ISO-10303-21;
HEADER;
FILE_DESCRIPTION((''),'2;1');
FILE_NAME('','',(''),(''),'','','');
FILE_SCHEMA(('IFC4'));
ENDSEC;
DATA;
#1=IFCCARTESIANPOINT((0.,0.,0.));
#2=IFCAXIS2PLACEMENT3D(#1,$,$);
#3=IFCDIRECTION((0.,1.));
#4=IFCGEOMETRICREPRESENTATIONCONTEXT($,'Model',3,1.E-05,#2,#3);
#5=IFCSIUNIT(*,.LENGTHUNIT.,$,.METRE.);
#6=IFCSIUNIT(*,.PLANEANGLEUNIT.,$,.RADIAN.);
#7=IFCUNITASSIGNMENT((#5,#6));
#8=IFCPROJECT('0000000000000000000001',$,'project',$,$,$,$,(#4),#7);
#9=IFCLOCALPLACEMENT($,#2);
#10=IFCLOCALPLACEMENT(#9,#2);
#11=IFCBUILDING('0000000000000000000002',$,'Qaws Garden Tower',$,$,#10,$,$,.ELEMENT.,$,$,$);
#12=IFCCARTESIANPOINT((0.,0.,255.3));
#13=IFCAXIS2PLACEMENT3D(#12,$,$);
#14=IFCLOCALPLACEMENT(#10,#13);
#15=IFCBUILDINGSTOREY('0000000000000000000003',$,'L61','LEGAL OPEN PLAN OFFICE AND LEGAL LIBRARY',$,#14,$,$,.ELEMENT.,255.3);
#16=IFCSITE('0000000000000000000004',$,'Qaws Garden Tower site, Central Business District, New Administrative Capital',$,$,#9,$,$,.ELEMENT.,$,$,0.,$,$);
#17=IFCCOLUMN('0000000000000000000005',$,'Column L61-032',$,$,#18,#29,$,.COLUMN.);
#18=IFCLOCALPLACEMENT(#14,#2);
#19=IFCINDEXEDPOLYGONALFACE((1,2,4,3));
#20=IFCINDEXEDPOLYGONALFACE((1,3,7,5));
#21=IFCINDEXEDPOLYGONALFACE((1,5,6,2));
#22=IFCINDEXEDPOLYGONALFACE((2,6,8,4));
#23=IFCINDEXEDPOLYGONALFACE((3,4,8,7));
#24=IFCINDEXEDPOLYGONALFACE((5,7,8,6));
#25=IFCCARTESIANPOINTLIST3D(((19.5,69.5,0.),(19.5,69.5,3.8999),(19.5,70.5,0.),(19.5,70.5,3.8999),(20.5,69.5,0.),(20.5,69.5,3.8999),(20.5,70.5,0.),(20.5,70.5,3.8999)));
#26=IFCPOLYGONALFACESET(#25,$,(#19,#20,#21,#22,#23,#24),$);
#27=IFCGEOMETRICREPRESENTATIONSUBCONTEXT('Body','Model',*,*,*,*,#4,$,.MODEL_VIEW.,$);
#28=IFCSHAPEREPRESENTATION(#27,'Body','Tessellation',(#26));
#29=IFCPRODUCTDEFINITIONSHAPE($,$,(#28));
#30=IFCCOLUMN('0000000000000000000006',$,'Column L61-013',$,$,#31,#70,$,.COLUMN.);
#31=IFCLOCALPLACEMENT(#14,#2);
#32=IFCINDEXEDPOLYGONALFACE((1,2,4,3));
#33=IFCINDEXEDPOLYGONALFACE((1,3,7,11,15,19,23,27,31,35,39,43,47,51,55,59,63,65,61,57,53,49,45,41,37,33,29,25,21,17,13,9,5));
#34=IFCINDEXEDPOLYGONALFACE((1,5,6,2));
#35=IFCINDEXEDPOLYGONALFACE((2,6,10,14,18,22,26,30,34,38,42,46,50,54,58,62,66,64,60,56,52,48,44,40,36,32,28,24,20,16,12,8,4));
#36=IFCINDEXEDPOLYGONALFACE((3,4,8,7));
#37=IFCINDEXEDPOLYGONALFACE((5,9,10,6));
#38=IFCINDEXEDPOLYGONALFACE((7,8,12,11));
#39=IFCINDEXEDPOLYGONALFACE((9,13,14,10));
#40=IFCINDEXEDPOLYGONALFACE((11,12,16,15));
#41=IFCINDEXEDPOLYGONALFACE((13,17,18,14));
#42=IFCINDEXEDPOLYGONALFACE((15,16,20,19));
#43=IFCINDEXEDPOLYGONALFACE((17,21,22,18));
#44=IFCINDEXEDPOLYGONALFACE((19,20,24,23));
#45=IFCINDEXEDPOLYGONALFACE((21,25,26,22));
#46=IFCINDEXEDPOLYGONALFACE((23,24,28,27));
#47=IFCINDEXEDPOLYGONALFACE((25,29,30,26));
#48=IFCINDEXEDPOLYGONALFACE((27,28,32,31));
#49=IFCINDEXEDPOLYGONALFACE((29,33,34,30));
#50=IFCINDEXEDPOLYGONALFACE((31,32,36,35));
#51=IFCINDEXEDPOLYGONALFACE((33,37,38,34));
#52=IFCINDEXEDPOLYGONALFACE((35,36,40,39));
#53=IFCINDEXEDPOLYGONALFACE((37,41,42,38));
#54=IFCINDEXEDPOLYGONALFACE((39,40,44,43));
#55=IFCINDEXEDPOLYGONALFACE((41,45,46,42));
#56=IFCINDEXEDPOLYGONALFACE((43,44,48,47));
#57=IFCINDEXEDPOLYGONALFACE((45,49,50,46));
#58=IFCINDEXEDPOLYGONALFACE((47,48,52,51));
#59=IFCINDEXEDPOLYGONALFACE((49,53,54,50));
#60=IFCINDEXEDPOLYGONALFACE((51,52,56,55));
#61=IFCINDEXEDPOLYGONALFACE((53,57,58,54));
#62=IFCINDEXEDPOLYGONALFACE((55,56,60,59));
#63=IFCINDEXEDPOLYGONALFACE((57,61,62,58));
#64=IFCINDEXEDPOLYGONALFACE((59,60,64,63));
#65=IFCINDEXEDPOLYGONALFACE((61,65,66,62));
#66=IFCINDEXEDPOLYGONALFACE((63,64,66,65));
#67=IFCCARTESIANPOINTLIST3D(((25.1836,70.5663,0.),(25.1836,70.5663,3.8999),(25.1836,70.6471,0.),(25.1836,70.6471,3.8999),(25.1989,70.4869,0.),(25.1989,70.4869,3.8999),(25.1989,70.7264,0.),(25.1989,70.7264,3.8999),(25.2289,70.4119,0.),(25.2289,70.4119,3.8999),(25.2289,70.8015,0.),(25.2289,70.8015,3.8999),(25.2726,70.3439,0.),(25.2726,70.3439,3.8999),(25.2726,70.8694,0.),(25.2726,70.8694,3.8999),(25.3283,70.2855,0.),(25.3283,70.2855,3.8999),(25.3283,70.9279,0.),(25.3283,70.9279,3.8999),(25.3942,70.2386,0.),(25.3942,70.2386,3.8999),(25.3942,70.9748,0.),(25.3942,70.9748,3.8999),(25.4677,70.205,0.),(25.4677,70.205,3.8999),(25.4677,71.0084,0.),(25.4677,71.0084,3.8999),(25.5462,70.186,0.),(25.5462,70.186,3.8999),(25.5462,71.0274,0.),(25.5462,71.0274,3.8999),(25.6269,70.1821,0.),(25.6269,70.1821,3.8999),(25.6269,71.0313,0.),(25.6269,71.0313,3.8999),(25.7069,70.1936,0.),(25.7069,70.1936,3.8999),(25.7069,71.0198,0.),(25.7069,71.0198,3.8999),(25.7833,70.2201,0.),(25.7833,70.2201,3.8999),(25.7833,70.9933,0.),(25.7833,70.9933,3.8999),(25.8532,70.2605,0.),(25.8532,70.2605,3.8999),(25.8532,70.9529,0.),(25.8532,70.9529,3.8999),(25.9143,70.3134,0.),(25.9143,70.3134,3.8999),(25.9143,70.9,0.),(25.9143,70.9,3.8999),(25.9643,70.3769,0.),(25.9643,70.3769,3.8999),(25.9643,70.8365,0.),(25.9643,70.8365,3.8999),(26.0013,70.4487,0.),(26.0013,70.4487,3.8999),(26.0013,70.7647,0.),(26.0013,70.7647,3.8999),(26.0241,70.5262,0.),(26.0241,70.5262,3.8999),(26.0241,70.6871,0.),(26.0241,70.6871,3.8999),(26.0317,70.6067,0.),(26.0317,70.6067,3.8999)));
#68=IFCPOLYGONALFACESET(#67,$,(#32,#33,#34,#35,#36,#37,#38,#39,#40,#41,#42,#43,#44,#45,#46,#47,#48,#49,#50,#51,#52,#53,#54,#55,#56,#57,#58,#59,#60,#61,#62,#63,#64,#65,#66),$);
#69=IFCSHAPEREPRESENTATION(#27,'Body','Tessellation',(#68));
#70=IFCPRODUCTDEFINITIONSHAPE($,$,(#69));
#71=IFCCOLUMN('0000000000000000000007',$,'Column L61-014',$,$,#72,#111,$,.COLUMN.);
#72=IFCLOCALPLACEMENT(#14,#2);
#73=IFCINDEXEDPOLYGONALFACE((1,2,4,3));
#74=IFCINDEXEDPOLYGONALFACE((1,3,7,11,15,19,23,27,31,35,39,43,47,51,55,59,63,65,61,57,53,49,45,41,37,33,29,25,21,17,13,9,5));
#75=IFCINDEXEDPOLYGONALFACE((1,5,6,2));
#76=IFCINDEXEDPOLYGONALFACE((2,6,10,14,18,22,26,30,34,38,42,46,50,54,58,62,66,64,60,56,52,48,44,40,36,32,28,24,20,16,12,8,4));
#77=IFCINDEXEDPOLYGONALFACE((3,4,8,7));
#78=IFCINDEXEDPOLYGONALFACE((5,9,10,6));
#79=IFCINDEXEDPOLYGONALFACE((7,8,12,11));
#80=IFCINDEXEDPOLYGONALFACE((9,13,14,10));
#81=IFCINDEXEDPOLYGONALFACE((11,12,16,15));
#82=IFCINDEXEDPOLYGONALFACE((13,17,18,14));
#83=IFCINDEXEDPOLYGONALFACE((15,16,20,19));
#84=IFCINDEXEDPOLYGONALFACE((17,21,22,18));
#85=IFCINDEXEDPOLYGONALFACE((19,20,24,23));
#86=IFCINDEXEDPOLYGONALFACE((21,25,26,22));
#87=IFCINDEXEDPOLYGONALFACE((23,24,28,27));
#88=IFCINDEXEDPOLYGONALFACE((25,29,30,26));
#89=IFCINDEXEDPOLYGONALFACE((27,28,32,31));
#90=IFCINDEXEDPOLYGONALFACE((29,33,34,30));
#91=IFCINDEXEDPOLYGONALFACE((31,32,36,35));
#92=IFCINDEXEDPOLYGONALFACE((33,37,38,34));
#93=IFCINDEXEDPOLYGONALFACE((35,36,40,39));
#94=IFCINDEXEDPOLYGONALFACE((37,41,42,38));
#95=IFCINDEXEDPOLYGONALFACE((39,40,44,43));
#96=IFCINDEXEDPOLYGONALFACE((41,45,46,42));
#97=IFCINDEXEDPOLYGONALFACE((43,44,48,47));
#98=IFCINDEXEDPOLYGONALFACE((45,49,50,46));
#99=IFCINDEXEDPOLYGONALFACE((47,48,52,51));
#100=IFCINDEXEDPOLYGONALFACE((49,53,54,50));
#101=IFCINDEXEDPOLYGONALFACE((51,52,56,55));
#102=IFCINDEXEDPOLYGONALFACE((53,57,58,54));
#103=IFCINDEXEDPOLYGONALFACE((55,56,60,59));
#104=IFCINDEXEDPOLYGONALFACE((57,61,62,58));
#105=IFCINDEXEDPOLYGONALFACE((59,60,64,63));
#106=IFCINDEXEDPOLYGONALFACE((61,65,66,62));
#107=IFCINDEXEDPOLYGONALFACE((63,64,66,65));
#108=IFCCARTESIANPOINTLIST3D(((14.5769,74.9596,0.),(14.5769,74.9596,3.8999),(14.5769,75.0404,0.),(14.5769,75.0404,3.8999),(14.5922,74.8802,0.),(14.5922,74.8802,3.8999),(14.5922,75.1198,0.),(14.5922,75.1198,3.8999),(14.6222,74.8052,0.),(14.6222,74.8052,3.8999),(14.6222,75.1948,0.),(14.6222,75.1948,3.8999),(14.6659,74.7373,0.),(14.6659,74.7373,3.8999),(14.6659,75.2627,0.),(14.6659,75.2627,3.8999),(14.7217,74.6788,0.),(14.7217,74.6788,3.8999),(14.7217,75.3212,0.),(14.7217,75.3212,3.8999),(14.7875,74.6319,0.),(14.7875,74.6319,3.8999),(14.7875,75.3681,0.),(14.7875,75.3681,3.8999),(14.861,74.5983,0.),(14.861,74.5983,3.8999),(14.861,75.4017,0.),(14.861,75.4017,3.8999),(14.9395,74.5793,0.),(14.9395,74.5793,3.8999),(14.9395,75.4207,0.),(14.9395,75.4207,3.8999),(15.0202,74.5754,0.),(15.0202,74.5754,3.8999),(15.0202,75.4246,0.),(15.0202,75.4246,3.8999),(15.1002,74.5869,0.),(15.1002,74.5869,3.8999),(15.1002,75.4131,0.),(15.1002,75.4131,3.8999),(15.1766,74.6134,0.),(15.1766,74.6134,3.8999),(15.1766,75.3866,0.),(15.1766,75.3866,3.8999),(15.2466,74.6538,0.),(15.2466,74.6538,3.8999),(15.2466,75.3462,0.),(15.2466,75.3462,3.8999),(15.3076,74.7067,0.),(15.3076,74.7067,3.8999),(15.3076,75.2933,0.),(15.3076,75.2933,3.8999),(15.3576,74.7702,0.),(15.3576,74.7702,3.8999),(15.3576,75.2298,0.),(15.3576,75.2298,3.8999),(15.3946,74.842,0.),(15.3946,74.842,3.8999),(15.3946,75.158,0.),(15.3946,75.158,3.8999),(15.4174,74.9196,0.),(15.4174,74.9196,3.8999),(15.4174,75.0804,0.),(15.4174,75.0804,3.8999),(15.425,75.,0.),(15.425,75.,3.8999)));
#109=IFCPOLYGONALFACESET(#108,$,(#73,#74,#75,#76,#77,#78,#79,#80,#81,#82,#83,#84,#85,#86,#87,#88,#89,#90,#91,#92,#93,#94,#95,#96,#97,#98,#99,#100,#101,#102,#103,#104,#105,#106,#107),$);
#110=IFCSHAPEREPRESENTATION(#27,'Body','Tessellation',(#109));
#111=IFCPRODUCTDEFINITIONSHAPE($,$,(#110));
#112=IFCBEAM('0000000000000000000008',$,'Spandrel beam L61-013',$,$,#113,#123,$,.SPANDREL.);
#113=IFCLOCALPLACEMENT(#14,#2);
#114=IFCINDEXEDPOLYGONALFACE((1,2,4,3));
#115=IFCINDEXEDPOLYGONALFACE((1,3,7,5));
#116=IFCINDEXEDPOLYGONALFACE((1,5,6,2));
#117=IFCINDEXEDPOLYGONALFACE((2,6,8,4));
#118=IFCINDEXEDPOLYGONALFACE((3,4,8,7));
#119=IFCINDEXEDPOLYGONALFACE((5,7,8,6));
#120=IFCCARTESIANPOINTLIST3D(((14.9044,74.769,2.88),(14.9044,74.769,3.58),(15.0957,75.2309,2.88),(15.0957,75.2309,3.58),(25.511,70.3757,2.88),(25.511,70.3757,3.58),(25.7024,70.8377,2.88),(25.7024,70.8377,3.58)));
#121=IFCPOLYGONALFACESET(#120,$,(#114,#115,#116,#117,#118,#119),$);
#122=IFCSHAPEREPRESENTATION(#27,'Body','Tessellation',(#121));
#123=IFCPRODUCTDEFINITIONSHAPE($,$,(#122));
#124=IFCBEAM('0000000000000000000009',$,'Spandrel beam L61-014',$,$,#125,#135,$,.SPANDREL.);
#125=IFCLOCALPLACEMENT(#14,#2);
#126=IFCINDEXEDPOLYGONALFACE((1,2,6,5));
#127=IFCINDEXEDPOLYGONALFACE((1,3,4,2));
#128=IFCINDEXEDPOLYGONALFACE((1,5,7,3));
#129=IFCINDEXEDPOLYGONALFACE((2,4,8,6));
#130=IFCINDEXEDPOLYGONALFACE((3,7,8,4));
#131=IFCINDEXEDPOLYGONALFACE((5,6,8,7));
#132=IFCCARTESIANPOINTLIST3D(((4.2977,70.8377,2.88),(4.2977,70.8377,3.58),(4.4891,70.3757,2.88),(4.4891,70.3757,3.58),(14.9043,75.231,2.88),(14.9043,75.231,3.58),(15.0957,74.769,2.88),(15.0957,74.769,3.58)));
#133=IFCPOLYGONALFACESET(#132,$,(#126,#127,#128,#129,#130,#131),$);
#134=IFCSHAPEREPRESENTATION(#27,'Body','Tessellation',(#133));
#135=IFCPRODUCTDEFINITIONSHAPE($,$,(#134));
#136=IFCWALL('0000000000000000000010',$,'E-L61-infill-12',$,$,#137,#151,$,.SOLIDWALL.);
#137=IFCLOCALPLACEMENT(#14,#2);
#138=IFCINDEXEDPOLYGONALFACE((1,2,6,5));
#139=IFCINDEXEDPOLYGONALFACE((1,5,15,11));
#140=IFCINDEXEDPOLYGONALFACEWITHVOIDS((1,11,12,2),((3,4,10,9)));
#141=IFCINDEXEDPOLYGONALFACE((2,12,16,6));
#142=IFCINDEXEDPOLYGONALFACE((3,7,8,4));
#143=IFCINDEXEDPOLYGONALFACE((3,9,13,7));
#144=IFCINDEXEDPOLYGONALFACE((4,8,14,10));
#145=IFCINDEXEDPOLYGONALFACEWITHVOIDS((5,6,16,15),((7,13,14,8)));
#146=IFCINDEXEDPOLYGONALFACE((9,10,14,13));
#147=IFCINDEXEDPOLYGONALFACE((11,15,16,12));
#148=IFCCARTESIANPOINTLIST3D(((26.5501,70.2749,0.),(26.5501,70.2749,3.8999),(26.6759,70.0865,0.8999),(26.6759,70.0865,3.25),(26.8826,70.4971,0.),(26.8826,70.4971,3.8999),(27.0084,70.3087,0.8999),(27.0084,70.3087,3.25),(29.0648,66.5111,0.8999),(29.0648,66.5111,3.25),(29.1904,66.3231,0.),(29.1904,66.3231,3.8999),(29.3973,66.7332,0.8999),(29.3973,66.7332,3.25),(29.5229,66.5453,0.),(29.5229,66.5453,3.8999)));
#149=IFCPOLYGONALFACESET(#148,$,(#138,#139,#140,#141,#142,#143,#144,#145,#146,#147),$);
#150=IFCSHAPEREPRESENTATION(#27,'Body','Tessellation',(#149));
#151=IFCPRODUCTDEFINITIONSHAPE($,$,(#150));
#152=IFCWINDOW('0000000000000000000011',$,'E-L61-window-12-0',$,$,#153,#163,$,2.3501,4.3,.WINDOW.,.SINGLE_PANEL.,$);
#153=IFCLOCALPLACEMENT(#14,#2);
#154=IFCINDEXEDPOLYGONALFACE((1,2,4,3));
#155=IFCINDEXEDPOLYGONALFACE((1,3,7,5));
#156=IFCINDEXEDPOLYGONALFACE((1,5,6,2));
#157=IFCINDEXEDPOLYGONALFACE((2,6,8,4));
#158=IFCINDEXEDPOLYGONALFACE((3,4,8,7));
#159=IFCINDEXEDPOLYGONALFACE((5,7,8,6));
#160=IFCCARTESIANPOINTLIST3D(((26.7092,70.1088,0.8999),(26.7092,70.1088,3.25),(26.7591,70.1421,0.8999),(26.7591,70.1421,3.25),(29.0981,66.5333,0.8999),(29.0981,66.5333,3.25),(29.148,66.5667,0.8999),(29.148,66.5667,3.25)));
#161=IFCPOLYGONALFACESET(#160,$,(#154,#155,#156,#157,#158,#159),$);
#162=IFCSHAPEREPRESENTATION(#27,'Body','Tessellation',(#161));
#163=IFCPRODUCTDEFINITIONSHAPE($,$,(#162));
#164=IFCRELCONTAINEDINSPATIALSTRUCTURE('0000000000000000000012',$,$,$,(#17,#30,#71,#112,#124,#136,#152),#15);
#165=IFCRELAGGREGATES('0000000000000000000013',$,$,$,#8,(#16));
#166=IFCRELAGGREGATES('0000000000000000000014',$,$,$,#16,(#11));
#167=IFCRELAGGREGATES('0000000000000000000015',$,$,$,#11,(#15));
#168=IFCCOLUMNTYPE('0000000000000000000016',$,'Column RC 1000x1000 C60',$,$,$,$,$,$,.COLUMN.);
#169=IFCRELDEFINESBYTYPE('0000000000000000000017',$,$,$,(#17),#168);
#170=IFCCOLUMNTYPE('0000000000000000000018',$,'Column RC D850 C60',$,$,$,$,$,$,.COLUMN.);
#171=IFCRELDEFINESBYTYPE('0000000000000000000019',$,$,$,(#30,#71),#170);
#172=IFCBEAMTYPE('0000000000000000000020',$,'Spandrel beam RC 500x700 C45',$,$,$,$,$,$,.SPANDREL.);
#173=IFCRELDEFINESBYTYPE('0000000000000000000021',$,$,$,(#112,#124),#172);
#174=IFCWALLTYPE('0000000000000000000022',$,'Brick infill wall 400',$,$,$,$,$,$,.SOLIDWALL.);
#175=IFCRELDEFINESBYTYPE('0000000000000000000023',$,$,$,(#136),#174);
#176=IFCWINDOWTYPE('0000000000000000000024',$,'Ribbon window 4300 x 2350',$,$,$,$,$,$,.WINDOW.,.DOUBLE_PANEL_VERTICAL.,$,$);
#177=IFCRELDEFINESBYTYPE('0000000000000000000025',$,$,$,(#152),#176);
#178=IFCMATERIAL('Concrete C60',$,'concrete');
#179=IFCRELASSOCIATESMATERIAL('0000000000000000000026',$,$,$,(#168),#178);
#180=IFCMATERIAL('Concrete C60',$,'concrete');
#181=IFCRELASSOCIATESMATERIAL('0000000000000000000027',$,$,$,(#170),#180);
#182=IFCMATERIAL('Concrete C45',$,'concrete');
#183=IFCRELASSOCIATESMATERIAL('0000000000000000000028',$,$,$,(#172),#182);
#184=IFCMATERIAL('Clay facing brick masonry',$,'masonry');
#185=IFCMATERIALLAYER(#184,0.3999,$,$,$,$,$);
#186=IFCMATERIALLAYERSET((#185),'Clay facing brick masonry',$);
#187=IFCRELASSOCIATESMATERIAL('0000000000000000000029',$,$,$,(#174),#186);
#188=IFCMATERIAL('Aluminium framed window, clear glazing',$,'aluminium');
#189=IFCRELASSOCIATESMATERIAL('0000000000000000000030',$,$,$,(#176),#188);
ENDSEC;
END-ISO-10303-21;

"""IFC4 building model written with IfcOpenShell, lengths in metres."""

from ifc_helpers import new_model, si_unit, direction, frame, frame_2d, origin, origin_2d, place, context, subcontext, project, spatial, rectangle, circle, extrude, material, layer, layer_set, material_profile, profile_set, type_object, element, fill, save


model = new_model("IFC4")

# Units and contexts
model_context = context("Model", 3, precision=1e-05, world=origin(), true_north=direction((0.0, 1.0)))
body_context = subcontext(model_context, "Body", "Model", "MODEL_VIEW")
ifc_project = project(units=[si_unit("LENGTHUNIT", "METRE"), si_unit("PLANEANGLEUNIT", "RADIAN")], contexts=[model_context])

# Site, building, storey
site_placement = place(None, origin())
site = spatial("IfcSite", under=ifc_project, at=site_placement, Name="Qaws Garden Tower site, Central Business District, New Administrative Capital", CompositionType="ELEMENT", RefElevation=0.0)
building_placement = place(site_placement, origin())
building = spatial("IfcBuilding", under=site, at=building_placement, Name="Qaws Garden Tower", CompositionType="ELEMENT")
storey_placement = place(building_placement, frame((0.0, 0.0, 255.3)))
storey = spatial("IfcBuildingStorey", under=building, at=storey_placement, Name="L61", Description="LEGAL OPEN PLAN OFFICE AND LEGAL LIBRARY", CompositionType="ELEMENT", Elevation=255.3)

# Columns
ifc_material_1 = material(Name="Concrete C60", Category="concrete")
ifc_material_profile_1 = material_profile(ifc_material_1, rectangle(XDim=1.0, YDim=1.0, at=origin_2d()), Name="RC 1000x1000")
ifc_profile_set_1 = profile_set([ifc_material_profile_1], Name="Concrete C60")
column_type_1 = type_object("IfcColumnType", Name="Column RC 1000x1000 C60", PredefinedType="COLUMN", material=ifc_profile_set_1)
column_placement = place(storey_placement, frame((20.0, 70.0, 0.0), z_axis=(0.0, 0.0, 1.0), x_axis=(1.0, 0.0, 0.0)))
element("IfcColumn", 1, at=column_placement, inside=storey, type_object=column_type_1, Name="Column L61-032", PredefinedType="COLUMN", context=body_context, shape_type="SweptSolid", body=[
    extrude(rectangle(XDim=1.0, YDim=1.0, at=origin_2d()), origin(), (0.0, 0.0, 1.0), 3.8999),
])
ifc_material_2 = material(Name="Concrete C60", Category="concrete")
ifc_material_profile_2 = material_profile(ifc_material_2, circle(Radius=0.425, at=origin_2d()), Name="RC D850")
ifc_profile_set_2 = profile_set([ifc_material_profile_2], Name="Concrete C60")
column_type_2 = type_object("IfcColumnType", Name="Column RC D850 C60", PredefinedType="COLUMN", material=ifc_profile_set_2)
for number, where, z_axis, x_axis, name in (
    (2, (25.6067, 70.6067, 0.0), (0.0, 0.0, 1.0), (1.0, 0.0, 0.0), "Column L61-013"),
    (3, (15.0, 75.0, 0.0), (0.0, 0.0, 1.0), (1.0, 0.0, 0.0), "Column L61-014"),
):
    element("IfcColumn", number, at=place(storey_placement, frame(where, z_axis=z_axis, x_axis=x_axis)), inside=storey, type_object=column_type_2, Name=name, PredefinedType="COLUMN", context=body_context, shape_type="SweptSolid", body=[
        extrude(circle(Radius=0.425, at=origin_2d()), origin(), (0.0, 0.0, 1.0), 3.8999),
    ])

# Beams
ifc_material_3 = material(Name="Concrete C45", Category="concrete")
ifc_material_profile_3 = material_profile(ifc_material_3, rectangle(XDim=0.5, YDim=0.7, at=origin_2d()), Name="RC 500x700")
ifc_profile_set_3 = profile_set([ifc_material_profile_3], Name="Concrete C45")
beam_type = type_object("IfcBeamType", Name="Spandrel beam RC 500x700 C45", PredefinedType="SPANDREL", material=ifc_profile_set_3)
for number, where, z_axis, x_axis, name in (
    (4, (25.6067, 70.6067, 3.23), (-0.923883, 0.382674, 0.0), (-0.382674, -0.923883, 0.0), "Spandrel beam L61-013"),
    (5, (15.0, 75.0, 3.23), (-0.923883, -0.382674, 0.0), (0.382674, -0.923883, 0.0), "Spandrel beam L61-014"),
):
    element("IfcBeam", number, at=place(storey_placement, frame(where, z_axis=z_axis, x_axis=x_axis)), inside=storey, type_object=beam_type, Name=name, PredefinedType="SPANDREL", context=body_context, shape_type="SweptSolid", body=[
        extrude(rectangle(XDim=0.5, YDim=0.7, at=origin_2d()), origin(), (0.0, 0.0, 1.0), 11.4805),
    ])

# Wall, opening, window
ifc_material_4 = material(Name="Clay facing brick masonry", Category="masonry")
ifc_layer_1 = layer(ifc_material_4, 0.3999)
ifc_layer_set_1 = layer_set([ifc_layer_1], Name="Clay facing brick masonry")
wall_type_1 = type_object("IfcWallType", Name="Brick infill wall 400", PredefinedType="SOLIDWALL", material=ifc_layer_set_1)
wall_1_placement = place(storey_placement, frame((29.3567, 66.4341, 0.0), z_axis=(0.0, 0.0, 1.0), x_axis=(-0.555542, 0.831489, 0.0)))
wall_1 = element("IfcWall", 6, at=wall_1_placement, inside=storey, type_object=wall_type_1, Name="E-L61-infill-12", PredefinedType="SOLIDWALL", context=body_context, shape_type="SweptSolid", body=[
    extrude(rectangle(XDim=4.7527, YDim=0.3999, at=frame_2d((2.3765, 0.0))), origin(), (0.0, 0.0, 1.0), 3.8999),
])
opening_1_placement = place(wall_1_placement, frame((0.2263, 0.0, 0.8999)))
opening_1 = element("IfcOpeningElement", 7, at=opening_1_placement, cuts=wall_1, PredefinedType="OPENING", context=body_context, shape_type="SweptSolid", body=[
    extrude(rectangle(XDim=4.3, YDim=2.3501, at=frame_2d((2.1499, 1.175))), frame((0.0, 0.21, 0.0), z_axis=(0.0, -1.0, 0.0), x_axis=(1.0, 0.0, 0.0)), (0.0, 0.0, 1.0), 0.4199),
])
ifc_material_5 = material(Name="Aluminium framed window, clear glazing", Category="aluminium")
window_type = type_object("IfcWindowType", Name="Ribbon window 4300 x 2350", PartitioningType="DOUBLE_PANEL_VERTICAL", PredefinedType="WINDOW", material=ifc_material_5)
window_1_placement = place(opening_1_placement, origin())
window_1 = element("IfcWindow", 8, at=window_1_placement, inside=storey, type_object=window_type, Name="E-L61-window-12-0", OverallHeight=2.3501, OverallWidth=4.3, PartitioningType="SINGLE_PANEL", PredefinedType="WINDOW", context=body_context, shape_type="SweptSolid", body=[
    extrude(rectangle(XDim=4.3, YDim=2.3501, at=frame_2d((2.1499, 1.175))), frame((0.0, 0.1599, 0.0), z_axis=(0.0, -1.0, 0.0), x_axis=(1.0, 0.0, 0.0)), (0.0, 0.0, 1.0), 0.0601),
])
fill(opening_1, window_1)

save(model, "model.ifc")
